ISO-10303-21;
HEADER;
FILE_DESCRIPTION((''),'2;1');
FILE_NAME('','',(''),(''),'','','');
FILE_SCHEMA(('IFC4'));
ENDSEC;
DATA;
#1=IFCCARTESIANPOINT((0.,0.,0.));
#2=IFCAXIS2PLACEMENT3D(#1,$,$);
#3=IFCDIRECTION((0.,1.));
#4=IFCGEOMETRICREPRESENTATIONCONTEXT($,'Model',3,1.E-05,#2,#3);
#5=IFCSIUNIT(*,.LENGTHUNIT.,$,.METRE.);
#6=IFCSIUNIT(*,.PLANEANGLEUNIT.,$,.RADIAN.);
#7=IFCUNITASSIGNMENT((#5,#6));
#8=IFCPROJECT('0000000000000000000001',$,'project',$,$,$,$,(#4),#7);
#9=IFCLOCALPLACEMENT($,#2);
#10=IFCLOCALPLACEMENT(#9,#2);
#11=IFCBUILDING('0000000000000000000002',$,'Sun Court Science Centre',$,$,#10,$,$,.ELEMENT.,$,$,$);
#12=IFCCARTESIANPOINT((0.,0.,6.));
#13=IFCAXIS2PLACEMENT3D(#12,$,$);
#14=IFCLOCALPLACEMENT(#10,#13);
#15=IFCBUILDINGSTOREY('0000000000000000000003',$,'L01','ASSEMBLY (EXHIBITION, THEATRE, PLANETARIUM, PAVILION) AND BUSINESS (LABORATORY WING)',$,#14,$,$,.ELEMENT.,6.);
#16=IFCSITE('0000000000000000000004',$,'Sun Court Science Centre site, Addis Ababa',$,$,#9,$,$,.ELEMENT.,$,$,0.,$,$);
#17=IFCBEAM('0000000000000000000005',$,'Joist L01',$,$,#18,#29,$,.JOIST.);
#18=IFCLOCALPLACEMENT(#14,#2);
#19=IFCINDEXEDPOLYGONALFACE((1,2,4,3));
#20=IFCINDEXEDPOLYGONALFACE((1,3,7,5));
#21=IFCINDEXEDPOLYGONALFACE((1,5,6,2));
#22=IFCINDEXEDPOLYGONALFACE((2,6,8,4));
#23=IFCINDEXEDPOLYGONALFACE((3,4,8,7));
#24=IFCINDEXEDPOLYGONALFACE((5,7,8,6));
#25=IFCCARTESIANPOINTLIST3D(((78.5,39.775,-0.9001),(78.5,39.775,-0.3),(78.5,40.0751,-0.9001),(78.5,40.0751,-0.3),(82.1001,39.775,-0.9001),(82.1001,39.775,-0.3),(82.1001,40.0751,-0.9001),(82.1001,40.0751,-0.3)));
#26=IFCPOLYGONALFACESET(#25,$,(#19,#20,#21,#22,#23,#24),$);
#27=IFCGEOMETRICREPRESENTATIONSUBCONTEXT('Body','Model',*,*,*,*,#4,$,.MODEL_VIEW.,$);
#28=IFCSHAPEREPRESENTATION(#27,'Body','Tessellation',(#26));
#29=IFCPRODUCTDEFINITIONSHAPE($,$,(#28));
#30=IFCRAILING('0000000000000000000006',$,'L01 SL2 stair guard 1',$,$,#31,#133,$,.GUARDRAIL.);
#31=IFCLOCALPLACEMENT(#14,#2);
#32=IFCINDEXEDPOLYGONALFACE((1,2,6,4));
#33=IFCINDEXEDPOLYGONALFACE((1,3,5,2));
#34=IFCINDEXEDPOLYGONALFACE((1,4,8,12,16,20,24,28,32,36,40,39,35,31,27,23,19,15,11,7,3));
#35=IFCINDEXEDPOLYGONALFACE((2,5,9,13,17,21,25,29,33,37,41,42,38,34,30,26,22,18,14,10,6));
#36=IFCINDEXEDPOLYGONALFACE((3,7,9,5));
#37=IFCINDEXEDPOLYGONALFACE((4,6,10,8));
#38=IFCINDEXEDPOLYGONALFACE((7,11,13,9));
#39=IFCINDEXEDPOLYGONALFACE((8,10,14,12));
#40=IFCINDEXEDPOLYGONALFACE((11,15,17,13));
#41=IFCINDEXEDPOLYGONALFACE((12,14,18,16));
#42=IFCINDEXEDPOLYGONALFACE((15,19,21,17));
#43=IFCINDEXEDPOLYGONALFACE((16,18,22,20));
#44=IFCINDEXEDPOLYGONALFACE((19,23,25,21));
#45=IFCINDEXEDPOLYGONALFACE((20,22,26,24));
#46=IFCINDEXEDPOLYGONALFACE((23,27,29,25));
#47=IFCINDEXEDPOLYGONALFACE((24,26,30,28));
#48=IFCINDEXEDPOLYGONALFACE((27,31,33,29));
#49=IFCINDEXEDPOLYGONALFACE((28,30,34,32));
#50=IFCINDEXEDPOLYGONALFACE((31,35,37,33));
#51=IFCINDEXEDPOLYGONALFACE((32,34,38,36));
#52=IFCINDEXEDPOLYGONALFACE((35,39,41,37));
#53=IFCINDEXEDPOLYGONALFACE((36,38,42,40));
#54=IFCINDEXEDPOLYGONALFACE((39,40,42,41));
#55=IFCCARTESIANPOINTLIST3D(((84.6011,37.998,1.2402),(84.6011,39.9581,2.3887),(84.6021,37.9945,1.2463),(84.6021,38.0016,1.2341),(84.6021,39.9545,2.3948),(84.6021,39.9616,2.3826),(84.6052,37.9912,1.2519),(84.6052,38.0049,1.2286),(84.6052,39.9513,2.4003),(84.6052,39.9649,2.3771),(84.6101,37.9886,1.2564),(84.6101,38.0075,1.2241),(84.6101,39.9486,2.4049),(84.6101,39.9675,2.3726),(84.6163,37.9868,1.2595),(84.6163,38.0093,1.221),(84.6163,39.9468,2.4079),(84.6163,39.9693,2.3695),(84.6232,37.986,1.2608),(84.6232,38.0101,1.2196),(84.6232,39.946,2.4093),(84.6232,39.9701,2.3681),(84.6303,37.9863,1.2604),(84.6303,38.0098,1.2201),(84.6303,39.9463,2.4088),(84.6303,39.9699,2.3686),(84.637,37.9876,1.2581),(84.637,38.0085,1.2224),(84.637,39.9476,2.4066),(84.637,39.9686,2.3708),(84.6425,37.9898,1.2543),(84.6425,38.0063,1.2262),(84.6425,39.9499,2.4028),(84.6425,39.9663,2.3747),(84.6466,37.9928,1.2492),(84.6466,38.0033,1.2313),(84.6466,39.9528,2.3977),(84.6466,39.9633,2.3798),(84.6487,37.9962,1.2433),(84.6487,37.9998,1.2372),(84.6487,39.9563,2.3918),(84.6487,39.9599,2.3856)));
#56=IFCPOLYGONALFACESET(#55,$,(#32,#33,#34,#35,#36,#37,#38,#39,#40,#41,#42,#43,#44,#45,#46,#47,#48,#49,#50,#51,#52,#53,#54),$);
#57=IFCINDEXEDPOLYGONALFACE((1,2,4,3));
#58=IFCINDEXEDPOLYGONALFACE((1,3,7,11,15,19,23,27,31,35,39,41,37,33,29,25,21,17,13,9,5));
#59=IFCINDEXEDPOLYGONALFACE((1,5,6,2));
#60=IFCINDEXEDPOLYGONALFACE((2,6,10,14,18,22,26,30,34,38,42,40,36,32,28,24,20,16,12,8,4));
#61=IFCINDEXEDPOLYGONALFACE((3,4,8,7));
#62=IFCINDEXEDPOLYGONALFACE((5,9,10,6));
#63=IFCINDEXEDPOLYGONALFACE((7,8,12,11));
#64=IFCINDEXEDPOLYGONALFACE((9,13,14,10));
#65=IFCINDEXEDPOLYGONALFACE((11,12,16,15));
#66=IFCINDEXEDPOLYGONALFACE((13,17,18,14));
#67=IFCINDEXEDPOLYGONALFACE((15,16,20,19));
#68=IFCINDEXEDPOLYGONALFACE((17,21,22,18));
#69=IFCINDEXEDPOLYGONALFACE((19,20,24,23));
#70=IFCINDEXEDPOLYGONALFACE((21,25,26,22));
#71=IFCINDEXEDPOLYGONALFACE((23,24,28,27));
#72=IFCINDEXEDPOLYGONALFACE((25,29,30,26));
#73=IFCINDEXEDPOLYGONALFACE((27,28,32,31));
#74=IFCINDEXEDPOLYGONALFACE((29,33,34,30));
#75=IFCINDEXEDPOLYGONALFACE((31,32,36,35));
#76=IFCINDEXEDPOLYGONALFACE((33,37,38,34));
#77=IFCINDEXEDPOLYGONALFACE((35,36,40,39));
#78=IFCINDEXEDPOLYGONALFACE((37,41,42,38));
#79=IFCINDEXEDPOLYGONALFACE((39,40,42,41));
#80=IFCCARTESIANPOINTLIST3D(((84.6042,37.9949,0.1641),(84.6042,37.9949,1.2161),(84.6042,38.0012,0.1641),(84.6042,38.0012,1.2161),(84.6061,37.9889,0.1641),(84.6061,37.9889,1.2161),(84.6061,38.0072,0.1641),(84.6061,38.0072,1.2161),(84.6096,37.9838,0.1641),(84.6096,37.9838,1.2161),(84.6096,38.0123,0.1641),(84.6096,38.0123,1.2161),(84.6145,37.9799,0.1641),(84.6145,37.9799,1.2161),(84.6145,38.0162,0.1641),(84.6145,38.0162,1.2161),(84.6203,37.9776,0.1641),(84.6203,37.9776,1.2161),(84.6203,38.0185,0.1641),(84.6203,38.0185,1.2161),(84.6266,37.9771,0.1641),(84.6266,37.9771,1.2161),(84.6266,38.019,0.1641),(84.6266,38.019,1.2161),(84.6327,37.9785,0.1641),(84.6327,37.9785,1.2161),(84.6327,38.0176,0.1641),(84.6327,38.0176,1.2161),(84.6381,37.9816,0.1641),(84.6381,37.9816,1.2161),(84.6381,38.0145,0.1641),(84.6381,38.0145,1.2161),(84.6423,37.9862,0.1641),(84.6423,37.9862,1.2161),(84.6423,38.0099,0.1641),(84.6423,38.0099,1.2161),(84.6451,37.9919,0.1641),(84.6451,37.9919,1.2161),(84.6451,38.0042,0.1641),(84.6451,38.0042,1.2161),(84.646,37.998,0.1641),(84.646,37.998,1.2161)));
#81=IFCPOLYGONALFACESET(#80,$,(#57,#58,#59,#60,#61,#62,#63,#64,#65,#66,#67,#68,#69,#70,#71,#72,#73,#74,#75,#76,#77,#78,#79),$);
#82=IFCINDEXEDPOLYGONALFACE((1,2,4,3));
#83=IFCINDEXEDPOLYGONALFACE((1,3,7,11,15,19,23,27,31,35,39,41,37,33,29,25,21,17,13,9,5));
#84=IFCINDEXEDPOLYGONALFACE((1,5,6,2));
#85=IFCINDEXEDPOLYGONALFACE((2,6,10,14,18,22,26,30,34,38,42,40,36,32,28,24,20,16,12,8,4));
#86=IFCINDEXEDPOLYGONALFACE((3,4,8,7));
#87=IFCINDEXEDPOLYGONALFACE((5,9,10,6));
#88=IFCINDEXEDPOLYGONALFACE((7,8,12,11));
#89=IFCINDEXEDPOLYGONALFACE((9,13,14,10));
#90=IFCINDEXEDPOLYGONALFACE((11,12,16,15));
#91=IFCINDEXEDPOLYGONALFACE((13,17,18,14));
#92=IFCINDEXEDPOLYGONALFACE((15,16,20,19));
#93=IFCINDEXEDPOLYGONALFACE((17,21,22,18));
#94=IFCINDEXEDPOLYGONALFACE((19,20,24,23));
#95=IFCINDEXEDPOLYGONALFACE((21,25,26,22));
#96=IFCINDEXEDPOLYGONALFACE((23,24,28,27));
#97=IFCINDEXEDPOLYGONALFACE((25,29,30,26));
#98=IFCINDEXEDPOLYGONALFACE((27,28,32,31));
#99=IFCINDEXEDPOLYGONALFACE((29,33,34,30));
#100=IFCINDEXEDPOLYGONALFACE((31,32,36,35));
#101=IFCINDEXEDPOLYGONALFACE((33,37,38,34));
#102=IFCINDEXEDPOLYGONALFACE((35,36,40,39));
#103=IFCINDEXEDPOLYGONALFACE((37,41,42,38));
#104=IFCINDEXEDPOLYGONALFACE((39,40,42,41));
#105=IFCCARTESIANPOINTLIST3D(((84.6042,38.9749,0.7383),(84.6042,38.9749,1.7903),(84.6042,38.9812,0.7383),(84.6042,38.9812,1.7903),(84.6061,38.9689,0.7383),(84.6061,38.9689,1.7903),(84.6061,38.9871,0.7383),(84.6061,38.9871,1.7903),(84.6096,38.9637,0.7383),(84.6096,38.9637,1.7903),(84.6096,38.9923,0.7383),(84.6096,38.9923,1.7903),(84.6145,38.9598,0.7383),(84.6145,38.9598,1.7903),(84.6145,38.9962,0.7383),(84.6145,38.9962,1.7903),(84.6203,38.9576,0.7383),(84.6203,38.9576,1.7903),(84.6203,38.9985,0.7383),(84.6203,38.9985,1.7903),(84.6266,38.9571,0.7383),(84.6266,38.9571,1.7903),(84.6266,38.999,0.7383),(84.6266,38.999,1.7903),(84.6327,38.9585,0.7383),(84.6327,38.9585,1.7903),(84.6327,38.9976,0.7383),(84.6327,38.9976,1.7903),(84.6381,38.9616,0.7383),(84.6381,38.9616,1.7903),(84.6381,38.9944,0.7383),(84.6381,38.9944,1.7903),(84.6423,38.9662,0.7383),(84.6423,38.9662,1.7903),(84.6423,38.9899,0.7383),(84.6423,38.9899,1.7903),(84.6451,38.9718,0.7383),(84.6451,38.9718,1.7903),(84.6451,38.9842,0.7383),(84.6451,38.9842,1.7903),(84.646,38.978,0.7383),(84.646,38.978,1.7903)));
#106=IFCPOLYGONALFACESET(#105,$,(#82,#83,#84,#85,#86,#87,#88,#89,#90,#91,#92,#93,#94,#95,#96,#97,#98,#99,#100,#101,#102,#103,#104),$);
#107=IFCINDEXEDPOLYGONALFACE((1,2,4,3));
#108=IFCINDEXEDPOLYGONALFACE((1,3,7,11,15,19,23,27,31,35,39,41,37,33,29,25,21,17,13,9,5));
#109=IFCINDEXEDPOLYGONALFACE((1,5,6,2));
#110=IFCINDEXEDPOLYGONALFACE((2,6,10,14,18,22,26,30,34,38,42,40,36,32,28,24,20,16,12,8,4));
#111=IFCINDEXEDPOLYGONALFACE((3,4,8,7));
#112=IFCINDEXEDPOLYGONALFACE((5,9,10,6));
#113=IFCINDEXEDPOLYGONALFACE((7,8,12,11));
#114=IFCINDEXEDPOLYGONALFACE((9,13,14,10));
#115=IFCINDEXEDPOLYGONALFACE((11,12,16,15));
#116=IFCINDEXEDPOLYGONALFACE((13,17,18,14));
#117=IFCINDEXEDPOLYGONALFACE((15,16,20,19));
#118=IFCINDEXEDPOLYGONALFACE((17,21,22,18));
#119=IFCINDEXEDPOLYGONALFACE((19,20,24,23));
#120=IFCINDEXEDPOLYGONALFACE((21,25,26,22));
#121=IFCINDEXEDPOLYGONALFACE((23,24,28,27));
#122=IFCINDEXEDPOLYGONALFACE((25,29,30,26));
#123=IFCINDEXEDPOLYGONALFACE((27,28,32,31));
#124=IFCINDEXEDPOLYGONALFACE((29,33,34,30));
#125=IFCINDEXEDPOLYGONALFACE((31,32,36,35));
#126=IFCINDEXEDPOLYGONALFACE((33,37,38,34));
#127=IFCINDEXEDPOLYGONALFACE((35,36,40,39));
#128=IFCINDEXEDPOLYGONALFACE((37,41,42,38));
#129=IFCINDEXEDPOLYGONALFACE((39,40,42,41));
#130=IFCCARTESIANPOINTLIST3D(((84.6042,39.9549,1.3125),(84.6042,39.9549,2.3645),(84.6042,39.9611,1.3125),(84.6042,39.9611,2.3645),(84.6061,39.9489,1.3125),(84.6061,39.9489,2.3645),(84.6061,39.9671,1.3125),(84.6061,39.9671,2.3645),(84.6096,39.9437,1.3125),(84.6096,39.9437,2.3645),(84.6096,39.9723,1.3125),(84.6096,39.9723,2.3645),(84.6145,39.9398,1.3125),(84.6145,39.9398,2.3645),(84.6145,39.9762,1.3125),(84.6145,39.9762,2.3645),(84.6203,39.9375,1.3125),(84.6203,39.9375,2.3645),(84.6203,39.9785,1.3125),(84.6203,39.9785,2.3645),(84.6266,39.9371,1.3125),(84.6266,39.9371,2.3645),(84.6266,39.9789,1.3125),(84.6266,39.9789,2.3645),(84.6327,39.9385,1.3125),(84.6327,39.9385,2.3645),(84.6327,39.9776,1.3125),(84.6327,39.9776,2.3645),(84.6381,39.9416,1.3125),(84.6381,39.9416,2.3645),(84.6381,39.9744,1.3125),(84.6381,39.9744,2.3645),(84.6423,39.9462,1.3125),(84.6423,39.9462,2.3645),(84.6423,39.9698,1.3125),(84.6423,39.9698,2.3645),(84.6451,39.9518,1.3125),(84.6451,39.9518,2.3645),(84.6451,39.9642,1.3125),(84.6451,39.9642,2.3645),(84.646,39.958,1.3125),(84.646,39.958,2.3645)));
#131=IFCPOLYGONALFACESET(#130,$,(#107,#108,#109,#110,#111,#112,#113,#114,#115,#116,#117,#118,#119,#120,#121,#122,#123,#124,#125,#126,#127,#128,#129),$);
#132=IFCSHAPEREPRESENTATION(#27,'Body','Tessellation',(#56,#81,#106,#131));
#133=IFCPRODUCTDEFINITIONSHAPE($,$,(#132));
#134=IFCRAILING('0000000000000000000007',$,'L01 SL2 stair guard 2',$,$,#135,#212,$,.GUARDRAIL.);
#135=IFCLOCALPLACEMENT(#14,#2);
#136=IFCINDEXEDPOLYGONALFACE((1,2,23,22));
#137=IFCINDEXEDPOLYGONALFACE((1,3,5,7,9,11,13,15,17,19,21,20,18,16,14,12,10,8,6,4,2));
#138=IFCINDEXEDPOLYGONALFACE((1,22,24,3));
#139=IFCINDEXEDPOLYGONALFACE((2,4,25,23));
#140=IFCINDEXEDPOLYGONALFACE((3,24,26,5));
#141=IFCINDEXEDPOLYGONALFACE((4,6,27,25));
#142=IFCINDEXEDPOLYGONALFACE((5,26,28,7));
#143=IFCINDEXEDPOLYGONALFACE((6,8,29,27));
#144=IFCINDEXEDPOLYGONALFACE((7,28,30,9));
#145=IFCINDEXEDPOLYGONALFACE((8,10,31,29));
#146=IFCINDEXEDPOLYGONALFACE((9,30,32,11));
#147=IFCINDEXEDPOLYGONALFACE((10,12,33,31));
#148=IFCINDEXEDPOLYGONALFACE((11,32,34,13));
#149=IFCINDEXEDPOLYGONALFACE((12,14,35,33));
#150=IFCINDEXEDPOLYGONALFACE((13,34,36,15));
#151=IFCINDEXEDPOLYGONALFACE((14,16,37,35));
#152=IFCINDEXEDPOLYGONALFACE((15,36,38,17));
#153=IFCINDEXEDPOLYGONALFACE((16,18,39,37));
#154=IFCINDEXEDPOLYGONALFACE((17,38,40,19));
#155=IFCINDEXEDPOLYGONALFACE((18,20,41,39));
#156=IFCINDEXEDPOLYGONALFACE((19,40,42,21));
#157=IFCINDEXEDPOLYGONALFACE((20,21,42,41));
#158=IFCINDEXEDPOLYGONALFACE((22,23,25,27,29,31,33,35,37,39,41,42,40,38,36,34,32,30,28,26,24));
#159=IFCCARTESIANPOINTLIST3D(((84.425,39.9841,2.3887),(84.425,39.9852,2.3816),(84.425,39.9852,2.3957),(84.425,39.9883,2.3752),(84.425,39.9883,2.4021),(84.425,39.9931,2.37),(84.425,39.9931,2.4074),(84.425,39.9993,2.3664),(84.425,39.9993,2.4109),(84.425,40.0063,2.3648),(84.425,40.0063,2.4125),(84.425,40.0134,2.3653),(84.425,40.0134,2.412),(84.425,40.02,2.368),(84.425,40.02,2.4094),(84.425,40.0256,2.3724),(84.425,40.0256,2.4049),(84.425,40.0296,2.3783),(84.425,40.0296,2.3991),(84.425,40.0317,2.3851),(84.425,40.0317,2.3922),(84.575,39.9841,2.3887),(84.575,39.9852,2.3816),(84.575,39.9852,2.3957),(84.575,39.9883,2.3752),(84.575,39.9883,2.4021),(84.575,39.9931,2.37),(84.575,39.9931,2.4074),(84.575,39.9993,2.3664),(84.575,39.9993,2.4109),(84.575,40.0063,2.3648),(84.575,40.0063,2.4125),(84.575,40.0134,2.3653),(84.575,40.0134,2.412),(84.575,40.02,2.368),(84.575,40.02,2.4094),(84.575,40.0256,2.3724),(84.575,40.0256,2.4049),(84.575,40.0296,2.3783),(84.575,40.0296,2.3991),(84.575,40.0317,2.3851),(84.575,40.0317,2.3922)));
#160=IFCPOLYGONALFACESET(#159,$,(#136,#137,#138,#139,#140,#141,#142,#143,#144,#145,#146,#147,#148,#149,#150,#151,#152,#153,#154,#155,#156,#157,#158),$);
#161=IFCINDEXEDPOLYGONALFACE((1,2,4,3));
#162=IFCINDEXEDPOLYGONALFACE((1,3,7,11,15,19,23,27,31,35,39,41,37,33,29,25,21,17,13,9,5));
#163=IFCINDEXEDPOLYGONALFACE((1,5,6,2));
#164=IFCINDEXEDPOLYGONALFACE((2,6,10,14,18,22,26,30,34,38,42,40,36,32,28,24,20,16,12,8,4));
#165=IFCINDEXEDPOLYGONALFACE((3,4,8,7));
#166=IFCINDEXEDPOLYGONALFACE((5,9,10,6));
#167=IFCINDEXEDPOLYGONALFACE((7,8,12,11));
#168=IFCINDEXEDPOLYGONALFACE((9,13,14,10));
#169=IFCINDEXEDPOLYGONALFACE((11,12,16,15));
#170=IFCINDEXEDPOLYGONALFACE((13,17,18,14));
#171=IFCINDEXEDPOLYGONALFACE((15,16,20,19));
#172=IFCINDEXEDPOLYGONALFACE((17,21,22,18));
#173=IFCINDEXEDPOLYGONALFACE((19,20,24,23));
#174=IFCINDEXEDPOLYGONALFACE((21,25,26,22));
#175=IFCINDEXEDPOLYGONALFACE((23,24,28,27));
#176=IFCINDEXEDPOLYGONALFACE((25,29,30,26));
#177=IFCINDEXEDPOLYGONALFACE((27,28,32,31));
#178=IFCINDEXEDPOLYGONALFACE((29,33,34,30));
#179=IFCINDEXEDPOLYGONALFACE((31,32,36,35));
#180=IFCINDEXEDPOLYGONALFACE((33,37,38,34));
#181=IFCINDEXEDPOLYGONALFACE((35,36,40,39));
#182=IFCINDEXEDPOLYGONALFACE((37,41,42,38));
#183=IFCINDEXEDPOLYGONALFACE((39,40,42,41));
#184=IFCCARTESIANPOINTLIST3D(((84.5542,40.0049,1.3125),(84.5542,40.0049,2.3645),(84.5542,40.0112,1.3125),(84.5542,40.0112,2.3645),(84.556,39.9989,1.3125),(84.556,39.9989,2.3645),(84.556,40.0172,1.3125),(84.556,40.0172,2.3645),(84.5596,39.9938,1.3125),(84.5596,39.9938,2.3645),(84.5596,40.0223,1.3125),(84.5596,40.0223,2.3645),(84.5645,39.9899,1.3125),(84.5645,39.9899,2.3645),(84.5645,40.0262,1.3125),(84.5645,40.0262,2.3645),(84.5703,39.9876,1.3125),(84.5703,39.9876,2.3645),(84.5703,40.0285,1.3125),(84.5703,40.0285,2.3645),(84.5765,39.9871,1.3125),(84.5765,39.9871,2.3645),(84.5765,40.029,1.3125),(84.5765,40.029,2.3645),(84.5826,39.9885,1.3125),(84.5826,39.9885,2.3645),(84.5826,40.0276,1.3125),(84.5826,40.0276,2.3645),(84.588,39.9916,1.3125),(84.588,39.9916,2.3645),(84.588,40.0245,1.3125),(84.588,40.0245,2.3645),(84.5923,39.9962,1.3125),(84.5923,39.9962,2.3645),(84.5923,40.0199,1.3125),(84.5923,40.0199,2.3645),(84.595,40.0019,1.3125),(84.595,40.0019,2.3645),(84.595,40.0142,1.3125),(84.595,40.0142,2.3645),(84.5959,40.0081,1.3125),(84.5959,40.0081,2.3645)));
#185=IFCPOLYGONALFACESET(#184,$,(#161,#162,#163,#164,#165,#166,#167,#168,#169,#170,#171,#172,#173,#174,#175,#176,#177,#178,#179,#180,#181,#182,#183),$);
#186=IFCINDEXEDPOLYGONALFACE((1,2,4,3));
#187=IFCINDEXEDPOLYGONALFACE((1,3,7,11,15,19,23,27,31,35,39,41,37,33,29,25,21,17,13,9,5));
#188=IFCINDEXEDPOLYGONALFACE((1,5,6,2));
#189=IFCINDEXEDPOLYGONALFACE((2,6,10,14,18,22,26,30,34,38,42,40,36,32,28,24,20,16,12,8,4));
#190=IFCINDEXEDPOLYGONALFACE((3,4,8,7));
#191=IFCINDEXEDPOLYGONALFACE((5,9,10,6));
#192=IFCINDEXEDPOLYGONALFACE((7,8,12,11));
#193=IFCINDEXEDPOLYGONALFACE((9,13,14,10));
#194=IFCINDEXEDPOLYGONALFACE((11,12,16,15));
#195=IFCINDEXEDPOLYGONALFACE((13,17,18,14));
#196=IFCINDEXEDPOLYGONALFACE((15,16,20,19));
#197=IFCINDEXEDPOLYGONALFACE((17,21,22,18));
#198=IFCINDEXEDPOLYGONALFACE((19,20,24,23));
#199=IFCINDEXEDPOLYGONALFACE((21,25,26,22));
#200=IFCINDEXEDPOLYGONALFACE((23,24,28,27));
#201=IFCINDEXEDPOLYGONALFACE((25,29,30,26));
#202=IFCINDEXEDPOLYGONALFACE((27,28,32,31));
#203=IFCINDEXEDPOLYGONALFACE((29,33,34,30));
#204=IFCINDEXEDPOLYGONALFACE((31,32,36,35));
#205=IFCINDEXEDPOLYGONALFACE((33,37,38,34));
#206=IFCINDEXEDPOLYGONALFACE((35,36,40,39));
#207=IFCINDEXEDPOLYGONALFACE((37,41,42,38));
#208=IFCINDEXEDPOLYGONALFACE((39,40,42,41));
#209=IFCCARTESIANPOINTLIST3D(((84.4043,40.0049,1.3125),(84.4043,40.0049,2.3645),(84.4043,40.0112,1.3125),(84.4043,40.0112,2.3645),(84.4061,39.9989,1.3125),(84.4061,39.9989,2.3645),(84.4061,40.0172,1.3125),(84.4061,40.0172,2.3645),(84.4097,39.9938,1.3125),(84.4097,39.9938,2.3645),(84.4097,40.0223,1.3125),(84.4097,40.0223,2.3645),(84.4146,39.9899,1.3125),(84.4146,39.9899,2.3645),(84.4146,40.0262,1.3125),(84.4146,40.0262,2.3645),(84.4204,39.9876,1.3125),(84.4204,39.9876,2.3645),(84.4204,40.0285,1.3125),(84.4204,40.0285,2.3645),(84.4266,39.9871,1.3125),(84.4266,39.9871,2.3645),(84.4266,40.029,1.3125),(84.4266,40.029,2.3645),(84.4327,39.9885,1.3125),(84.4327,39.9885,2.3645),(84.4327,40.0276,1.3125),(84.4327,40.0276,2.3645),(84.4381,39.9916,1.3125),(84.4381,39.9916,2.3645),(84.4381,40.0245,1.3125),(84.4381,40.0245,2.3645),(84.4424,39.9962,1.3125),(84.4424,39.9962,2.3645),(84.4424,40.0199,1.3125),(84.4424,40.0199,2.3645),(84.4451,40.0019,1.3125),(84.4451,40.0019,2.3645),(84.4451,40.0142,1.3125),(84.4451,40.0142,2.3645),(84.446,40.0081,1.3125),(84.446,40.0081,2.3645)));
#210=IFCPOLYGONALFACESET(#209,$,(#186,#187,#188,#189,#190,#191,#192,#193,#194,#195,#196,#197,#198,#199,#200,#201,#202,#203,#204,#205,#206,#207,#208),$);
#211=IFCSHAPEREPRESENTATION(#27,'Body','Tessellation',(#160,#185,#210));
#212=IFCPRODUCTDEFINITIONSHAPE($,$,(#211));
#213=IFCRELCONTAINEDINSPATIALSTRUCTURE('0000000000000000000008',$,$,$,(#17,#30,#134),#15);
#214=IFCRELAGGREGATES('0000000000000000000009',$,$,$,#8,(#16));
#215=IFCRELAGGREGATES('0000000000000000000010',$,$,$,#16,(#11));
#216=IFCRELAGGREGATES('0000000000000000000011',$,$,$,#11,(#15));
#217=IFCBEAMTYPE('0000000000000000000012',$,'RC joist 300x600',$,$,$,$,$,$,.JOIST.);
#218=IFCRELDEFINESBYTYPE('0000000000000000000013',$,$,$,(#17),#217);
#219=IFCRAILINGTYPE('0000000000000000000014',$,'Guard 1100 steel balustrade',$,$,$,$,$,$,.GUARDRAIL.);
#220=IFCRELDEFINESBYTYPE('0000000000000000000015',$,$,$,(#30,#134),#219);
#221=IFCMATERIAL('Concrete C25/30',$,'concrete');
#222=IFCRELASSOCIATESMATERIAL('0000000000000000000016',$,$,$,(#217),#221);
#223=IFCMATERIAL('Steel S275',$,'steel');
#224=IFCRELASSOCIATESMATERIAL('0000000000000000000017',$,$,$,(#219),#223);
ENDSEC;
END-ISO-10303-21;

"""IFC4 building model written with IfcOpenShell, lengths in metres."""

from ifc_helpers import new_model, si_unit, direction, frame, origin, origin_2d, place, context, subcontext, project, spatial, rectangle, circle, extrude, material, material_profile, profile_set, type_object, element, save


model = new_model("IFC4")

# Units and contexts
model_context = context("Model", 3, precision=1e-05, world=origin(), true_north=direction((0.0, 1.0)))
body_context = subcontext(model_context, "Body", "Model", "MODEL_VIEW")
ifc_project = project(units=[si_unit("LENGTHUNIT", "METRE"), si_unit("PLANEANGLEUNIT", "RADIAN")], contexts=[model_context])

# Site, building, storey
site_placement = place(None, origin())
site = spatial("IfcSite", under=ifc_project, at=site_placement, Name="Sun Court Science Centre site, Addis Ababa", CompositionType="ELEMENT", RefElevation=0.0)
building_placement = place(site_placement, origin())
building = spatial("IfcBuilding", under=site, at=building_placement, Name="Sun Court Science Centre", CompositionType="ELEMENT")
storey_placement = place(building_placement, frame((0.0, 0.0, 6.0)))
storey = spatial("IfcBuildingStorey", under=building, at=storey_placement, Name="L01", Description="ASSEMBLY (EXHIBITION, THEATRE, PLANETARIUM, PAVILION) AND BUSINESS (LABORATORY WING)", CompositionType="ELEMENT", Elevation=6.0)

# Beam
ifc_material_1 = material(Name="Concrete C25/30", Category="concrete")
ifc_material_profile = material_profile(ifc_material_1, rectangle(XDim=0.3, YDim=0.6001, at=origin_2d()), Name="RC 300x600")
ifc_profile_set = profile_set([ifc_material_profile], Name="Concrete C25/30")
beam_type = type_object("IfcBeamType", Name="RC joist 300x600", PredefinedType="JOIST", material=ifc_profile_set)
beam_placement = place(storey_placement, frame((78.5, 39.925, -0.6001), z_axis=(1.0, 0.0, 0.0), x_axis=(0.0, 1.0, 0.0)))
element("IfcBeam", 1, at=beam_placement, inside=storey, type_object=beam_type, Name="Joist L01", PredefinedType="JOIST", context=body_context, shape_type="SweptSolid", body=[
    extrude(rectangle(XDim=0.3, YDim=0.6001, at=origin_2d()), origin(), (0.0, 0.0, 1.0), 3.6001),
])

# Railings
ifc_material_2 = material(Name="Steel S275", Category="steel")
railing_type_1 = type_object("IfcRailingType", Name="Guard 1100 steel balustrade", PredefinedType="GUARDRAIL", material=ifc_material_2)
railing_1_placement = place(storey_placement, frame((84.625, 37.998, 0.1641)))
element("IfcRailing", 2, at=railing_1_placement, inside=storey, type_object=railing_type_1, Name="L01 SL2 stair guard 1", PredefinedType="GUARDRAIL", context=body_context, shape_type="SweptSolid", body=[
    extrude(circle(Radius=0.0239, at=origin_2d()), frame((0.0, 0.0, 1.0762), z_axis=(0.0, 0.862795, 0.505554), x_axis=(-1.0, 0.0, 0.0)), (0.0, 0.0, 1.0), 2.2717),
    extrude(circle(Radius=0.021, at=origin_2d()), origin(), (0.0, 0.0, 1.0), 1.052),
    extrude(circle(Radius=0.021, at=origin_2d()), frame((0.0, 0.98, 0.5742)), (0.0, 0.0, 1.0), 1.052),
    extrude(circle(Radius=0.021, at=origin_2d()), frame((0.0, 1.96, 1.1484)), (0.0, 0.0, 1.0), 1.052),
])
railing_2_placement = place(storey_placement, frame((84.575, 40.0081, 1.3125)))
element("IfcRailing", 3, at=railing_2_placement, inside=storey, type_object=railing_type_1, Name="L01 SL2 stair guard 2", PredefinedType="GUARDRAIL", context=body_context, shape_type="SweptSolid", body=[
    extrude(circle(Radius=0.0239, at=origin_2d()), frame((0.0, 0.0, 1.0762), z_axis=(-1.0, 0.0, 0.0), x_axis=(0.0, -1.0, 0.0)), (0.0, 0.0, 1.0), 0.1499),
    extrude(circle(Radius=0.021, at=origin_2d()), origin(), (0.0, 0.0, 1.0), 1.052),
    extrude(circle(Radius=0.021, at=origin_2d()), frame((-0.1499, 0.0, 0.0)), (0.0, 0.0, 1.0), 1.052),
])

save(model, "model.ifc")
